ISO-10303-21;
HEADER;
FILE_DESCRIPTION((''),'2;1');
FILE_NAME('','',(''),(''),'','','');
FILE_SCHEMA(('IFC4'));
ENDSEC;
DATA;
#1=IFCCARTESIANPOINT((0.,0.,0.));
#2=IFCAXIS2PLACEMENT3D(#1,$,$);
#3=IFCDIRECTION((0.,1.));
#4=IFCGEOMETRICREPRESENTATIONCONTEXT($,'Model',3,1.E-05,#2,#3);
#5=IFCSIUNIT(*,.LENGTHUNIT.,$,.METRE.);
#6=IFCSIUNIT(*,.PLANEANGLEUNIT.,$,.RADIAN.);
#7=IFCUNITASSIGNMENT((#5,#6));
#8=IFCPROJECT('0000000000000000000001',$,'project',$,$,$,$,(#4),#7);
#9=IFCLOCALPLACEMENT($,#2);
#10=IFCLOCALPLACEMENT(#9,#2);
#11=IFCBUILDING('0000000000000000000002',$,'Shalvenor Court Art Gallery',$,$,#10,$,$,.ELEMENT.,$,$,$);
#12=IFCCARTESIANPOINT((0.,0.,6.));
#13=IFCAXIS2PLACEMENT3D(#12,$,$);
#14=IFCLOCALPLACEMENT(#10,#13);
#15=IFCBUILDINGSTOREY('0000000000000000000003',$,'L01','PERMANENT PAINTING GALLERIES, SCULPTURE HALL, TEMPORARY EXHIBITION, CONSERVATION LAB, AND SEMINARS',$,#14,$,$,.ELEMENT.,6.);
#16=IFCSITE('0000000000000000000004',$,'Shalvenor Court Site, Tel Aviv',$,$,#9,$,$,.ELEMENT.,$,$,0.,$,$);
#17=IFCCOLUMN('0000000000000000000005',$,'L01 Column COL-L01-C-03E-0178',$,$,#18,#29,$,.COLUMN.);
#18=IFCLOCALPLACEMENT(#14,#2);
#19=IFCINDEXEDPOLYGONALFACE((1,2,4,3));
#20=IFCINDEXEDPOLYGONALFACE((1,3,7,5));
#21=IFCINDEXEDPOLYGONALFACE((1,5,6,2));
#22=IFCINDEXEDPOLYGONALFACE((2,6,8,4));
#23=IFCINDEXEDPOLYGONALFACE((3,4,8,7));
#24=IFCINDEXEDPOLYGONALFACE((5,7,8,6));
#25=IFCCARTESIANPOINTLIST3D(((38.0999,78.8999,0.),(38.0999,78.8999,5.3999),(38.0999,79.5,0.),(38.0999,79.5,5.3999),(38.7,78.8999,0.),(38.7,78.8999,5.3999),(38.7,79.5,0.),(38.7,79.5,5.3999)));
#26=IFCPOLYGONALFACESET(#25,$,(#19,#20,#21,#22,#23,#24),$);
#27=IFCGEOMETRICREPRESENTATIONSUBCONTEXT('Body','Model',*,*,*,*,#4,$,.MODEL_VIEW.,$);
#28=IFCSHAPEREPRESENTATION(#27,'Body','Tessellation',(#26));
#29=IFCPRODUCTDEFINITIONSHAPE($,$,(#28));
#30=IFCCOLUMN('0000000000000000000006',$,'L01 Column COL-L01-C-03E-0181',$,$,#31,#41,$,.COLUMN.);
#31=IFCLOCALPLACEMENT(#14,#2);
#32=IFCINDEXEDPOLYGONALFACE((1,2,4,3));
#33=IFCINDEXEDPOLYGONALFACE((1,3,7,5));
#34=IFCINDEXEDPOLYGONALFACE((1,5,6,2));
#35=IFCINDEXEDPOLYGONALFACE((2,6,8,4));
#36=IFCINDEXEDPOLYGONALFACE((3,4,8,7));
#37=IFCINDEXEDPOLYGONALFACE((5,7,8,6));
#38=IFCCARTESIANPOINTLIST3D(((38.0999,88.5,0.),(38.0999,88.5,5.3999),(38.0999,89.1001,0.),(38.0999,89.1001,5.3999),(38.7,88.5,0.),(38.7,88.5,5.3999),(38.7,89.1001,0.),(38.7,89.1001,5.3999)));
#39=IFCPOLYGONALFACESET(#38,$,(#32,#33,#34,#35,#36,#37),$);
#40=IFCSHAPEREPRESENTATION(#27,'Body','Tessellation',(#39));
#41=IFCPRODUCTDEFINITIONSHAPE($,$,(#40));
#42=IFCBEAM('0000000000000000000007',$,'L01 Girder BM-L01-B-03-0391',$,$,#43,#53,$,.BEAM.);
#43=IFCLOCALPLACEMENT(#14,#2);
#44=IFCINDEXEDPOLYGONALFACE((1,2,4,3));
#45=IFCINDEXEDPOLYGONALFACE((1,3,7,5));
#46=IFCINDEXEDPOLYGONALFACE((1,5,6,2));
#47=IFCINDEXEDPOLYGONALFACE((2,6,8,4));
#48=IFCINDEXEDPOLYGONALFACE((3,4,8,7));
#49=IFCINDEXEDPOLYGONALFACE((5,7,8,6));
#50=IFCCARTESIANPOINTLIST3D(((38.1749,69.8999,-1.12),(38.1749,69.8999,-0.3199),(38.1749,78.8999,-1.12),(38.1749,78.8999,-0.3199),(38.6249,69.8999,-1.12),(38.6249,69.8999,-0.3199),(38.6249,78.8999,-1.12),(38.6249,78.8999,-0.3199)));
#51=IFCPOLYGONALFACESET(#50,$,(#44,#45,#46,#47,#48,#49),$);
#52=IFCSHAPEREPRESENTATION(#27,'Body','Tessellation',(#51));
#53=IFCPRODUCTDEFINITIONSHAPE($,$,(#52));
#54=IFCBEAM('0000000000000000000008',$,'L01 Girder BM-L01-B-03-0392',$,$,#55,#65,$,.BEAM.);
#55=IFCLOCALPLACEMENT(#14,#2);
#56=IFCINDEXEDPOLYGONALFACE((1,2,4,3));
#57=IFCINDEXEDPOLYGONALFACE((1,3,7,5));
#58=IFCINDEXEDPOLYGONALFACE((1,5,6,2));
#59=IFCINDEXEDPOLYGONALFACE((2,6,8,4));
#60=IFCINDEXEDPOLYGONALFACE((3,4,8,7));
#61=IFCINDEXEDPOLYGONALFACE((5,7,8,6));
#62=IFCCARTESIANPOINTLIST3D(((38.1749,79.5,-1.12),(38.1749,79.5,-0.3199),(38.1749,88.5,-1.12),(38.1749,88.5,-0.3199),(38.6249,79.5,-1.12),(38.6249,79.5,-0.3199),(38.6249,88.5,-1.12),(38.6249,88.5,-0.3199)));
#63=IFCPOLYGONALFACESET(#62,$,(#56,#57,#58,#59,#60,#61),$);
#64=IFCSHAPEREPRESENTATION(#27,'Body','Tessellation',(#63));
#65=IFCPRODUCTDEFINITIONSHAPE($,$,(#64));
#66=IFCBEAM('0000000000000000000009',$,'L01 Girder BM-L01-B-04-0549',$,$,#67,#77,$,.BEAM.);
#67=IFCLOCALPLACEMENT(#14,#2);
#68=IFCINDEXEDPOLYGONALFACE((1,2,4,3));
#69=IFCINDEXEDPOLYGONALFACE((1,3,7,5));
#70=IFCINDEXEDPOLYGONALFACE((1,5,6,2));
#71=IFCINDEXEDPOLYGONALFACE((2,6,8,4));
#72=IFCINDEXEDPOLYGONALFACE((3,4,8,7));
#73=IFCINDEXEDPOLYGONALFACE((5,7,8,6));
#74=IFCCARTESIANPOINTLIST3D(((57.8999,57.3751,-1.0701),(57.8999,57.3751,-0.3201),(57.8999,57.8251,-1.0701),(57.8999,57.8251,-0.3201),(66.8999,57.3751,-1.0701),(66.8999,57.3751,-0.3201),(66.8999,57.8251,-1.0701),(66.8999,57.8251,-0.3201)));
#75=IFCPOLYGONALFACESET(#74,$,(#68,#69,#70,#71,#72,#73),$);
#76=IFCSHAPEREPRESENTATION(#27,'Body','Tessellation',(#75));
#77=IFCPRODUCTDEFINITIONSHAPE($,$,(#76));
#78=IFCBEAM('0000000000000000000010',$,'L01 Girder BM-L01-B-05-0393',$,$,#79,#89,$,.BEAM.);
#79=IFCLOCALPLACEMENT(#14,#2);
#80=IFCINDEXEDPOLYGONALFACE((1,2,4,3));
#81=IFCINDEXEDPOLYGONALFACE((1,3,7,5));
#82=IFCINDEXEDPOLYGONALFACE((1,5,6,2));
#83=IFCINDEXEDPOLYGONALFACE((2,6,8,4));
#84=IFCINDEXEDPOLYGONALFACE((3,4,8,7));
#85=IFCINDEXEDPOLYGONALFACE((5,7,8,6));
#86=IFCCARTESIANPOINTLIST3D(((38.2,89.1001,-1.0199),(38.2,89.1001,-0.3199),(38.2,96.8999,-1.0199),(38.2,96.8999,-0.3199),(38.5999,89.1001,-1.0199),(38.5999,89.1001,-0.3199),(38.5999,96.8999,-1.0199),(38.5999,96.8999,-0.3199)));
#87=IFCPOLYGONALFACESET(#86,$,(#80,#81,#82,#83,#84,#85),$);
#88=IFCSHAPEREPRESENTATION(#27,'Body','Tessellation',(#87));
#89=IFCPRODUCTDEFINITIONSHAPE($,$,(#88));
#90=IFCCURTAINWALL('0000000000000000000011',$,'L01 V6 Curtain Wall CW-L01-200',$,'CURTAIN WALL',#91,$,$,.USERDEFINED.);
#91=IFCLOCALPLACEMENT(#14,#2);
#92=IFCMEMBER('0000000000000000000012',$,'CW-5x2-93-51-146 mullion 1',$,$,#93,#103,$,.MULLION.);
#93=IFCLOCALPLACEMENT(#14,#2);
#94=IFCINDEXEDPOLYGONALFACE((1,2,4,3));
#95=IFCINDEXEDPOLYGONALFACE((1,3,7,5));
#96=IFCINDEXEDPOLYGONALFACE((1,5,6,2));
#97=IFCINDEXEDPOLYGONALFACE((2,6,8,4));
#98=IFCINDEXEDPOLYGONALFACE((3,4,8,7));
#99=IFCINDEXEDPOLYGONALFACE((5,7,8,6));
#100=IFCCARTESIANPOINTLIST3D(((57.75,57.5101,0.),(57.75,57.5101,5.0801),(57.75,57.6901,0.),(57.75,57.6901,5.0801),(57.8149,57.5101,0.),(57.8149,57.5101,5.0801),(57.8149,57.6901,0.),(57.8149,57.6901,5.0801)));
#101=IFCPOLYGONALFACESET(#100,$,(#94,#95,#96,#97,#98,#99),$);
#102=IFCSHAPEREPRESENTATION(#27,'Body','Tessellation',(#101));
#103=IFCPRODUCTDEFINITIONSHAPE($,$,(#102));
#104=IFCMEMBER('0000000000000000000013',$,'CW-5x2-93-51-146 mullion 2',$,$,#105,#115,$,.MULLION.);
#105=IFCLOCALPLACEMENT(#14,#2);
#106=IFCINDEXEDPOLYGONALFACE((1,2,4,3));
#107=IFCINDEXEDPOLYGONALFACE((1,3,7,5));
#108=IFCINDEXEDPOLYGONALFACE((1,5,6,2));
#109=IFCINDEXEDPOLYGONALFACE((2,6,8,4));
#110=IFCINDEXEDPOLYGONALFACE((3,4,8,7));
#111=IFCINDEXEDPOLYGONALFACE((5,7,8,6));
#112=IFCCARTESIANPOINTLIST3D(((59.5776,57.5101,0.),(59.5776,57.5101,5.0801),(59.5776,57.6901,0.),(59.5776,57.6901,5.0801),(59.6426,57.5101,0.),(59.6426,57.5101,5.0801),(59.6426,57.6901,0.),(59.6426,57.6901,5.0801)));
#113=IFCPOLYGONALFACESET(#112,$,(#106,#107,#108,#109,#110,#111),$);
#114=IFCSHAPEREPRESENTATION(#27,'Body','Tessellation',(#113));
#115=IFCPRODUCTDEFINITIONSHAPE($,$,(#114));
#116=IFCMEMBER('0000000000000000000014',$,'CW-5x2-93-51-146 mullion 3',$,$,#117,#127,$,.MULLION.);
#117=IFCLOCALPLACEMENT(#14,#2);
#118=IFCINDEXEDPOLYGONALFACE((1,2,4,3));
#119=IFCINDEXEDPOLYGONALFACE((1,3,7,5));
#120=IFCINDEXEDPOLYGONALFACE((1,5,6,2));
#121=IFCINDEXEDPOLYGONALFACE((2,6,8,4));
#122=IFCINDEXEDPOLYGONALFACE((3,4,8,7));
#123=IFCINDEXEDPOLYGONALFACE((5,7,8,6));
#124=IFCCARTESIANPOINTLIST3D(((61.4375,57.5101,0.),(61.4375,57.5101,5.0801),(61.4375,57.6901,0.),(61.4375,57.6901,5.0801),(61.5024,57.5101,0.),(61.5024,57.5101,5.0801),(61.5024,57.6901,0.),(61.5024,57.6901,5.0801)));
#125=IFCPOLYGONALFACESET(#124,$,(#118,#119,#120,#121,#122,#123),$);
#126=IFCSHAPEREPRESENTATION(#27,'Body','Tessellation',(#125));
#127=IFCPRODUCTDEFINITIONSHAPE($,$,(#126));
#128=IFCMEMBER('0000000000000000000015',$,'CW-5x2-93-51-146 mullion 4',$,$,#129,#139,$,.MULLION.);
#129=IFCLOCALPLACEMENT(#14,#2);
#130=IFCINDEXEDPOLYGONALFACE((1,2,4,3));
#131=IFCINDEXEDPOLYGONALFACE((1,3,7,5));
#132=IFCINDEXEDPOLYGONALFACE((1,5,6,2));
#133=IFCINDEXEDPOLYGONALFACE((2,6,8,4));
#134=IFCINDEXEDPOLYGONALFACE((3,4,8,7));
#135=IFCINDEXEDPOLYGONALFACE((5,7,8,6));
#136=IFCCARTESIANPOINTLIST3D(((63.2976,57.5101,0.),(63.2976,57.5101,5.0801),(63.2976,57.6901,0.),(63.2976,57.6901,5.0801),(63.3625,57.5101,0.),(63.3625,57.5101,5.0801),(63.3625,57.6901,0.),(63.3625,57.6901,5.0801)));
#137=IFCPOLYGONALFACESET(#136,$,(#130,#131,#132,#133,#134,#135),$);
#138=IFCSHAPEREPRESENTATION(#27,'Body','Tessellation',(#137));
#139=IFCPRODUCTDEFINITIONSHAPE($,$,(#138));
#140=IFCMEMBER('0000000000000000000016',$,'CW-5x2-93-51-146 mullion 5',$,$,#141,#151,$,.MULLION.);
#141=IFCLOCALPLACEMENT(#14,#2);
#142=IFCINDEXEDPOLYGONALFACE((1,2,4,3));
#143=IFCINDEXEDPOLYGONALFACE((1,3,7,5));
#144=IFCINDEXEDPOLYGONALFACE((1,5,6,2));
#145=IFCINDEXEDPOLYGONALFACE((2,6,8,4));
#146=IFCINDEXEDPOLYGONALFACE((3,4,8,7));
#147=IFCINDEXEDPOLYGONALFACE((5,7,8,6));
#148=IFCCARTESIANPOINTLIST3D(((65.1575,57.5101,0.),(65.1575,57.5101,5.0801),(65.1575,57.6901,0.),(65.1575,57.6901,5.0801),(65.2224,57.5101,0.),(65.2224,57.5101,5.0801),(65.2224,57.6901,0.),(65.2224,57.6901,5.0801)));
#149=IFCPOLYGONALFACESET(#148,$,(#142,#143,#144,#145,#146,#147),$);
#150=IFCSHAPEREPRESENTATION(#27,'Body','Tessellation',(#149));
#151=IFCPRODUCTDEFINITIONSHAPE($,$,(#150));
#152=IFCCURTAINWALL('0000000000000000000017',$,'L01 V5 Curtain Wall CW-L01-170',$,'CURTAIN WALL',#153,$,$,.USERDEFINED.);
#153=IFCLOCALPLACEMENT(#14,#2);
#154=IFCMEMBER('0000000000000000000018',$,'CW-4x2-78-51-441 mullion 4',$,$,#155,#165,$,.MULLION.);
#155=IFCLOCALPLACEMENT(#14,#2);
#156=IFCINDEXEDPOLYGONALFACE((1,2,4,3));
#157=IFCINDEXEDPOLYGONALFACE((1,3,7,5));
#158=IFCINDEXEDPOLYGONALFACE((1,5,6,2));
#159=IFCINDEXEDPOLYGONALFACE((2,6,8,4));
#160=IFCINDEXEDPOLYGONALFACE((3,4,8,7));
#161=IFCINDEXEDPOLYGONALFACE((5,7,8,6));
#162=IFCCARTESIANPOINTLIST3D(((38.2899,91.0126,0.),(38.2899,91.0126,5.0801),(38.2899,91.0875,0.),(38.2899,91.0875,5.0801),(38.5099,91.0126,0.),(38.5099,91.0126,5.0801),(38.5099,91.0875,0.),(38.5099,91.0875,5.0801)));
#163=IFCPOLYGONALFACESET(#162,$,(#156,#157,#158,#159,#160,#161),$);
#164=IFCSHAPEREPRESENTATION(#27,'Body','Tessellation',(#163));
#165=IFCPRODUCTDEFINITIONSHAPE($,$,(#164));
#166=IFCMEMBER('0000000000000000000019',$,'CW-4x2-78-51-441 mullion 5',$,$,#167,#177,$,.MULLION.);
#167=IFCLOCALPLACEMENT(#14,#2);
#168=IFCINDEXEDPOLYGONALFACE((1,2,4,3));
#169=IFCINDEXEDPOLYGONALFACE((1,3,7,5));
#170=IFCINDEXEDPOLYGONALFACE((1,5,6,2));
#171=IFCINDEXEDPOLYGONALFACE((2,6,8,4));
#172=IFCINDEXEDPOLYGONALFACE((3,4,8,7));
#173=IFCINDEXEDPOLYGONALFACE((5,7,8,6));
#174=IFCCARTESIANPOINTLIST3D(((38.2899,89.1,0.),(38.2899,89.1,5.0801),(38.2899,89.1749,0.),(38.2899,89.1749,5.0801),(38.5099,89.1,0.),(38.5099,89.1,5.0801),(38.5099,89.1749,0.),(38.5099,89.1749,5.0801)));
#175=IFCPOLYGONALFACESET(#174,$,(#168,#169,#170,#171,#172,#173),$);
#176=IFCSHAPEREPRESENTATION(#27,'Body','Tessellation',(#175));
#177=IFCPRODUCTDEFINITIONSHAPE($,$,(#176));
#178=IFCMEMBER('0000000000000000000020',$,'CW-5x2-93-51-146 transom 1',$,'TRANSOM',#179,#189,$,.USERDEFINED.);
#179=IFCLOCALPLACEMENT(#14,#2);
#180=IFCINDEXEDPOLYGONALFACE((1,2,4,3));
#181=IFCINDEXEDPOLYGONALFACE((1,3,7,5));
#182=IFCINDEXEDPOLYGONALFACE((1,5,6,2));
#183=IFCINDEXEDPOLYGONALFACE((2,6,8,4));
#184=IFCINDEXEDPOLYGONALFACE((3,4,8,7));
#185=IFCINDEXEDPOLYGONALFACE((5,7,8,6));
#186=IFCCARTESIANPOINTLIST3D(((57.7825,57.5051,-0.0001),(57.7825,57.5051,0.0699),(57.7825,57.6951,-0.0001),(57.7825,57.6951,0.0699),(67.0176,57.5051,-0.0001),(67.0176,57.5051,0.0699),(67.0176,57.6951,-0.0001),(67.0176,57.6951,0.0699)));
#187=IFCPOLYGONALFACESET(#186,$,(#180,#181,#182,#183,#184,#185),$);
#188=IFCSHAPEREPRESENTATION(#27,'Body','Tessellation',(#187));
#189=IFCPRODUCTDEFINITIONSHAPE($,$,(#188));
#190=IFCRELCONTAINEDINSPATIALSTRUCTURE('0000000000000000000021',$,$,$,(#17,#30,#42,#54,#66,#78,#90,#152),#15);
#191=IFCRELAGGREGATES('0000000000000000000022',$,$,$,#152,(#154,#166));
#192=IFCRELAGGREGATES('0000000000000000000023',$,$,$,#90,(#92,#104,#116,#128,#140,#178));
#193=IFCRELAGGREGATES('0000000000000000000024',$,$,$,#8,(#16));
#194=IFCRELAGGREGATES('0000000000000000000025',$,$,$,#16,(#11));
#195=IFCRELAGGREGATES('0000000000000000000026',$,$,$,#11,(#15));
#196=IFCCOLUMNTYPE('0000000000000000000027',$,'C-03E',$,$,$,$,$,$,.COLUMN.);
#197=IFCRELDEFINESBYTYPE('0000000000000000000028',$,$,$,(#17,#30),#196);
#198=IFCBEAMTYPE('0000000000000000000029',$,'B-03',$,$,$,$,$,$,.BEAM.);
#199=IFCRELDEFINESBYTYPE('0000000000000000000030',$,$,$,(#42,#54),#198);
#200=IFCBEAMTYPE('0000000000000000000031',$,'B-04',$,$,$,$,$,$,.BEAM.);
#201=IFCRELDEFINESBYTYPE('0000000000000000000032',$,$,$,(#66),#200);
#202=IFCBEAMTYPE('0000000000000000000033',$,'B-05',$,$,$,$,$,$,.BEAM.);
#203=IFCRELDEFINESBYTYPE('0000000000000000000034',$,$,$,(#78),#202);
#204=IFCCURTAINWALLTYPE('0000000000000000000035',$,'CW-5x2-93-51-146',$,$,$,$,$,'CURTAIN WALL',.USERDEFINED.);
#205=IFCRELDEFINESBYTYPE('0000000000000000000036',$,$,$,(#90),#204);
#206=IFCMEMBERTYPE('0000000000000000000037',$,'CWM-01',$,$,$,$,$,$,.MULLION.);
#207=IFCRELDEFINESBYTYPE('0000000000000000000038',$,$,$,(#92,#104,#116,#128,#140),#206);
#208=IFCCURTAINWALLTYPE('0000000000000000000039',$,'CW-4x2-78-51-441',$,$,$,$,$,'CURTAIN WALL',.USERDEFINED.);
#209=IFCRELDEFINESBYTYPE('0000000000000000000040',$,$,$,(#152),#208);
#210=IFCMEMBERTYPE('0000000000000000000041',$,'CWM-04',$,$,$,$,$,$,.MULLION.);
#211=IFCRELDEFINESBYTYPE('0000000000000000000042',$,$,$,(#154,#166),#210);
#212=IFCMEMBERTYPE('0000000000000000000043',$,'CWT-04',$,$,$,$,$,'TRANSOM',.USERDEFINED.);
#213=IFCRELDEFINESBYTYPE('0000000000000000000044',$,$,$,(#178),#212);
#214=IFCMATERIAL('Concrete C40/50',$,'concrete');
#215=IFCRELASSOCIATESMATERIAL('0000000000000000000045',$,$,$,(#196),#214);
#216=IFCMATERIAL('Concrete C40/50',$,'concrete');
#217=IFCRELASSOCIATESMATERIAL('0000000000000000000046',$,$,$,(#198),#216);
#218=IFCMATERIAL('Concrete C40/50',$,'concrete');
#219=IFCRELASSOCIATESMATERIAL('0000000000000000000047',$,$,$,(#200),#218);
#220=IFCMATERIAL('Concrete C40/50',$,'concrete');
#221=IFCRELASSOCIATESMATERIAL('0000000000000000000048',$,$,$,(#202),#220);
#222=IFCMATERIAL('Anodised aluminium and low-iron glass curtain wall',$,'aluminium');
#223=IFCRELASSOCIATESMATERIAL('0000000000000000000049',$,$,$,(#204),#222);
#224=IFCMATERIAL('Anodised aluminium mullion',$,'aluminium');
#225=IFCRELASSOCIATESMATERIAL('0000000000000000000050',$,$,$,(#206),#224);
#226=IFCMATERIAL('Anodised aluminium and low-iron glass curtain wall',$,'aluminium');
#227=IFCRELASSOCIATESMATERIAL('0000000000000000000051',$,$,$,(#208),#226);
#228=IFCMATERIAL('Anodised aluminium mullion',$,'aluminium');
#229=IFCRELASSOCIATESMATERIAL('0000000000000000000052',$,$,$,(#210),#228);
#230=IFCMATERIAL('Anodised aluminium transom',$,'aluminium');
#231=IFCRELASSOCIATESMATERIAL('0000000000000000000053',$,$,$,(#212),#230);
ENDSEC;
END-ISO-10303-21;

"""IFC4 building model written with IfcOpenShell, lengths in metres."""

from ifc_helpers import new_model, si_unit, direction, frame, origin, origin_2d, place, context, subcontext, project, spatial, rectangle, extrude, material, material_profile, profile_set, type_object, element, aggregate, save


model = new_model("IFC4")

# Units and contexts
model_context = context("Model", 3, precision=1e-05, world=origin(), true_north=direction((0.0, 1.0)))
body_context = subcontext(model_context, "Body", "Model", "MODEL_VIEW")
ifc_project = project(units=[si_unit("LENGTHUNIT", "METRE"), si_unit("PLANEANGLEUNIT", "RADIAN")], contexts=[model_context])

# Site, building, storey
site_placement = place(None, origin())
site = spatial("IfcSite", under=ifc_project, at=site_placement, Name="Shalvenor Court Site, Tel Aviv", CompositionType="ELEMENT", RefElevation=0.0)
building_placement = place(site_placement, origin())
building = spatial("IfcBuilding", under=site, at=building_placement, Name="Shalvenor Court Art Gallery", CompositionType="ELEMENT")
storey_placement = place(building_placement, frame((0.0, 0.0, 6.0)))
storey = spatial("IfcBuildingStorey", under=building, at=storey_placement, Name="L01", Description="PERMANENT PAINTING GALLERIES, SCULPTURE HALL, TEMPORARY EXHIBITION, CONSERVATION LAB, AND SEMINARS", CompositionType="ELEMENT", Elevation=6.0)

# Columns
ifc_material_1 = material(Name="Concrete C40/50", Category="concrete")
ifc_material_profile_1 = material_profile(ifc_material_1, rectangle(XDim=0.6001, YDim=0.6001, at=origin_2d()), Name="RC 600x600")
ifc_profile_set_1 = profile_set([ifc_material_profile_1], Name="Concrete C40/50")
column_type = type_object("IfcColumnType", Name="C-03E", PredefinedType="COLUMN", material=ifc_profile_set_1)
for number, where, z_axis, x_axis, name in (
    (1, (38.3999, 79.2, 0.0), (0.0, 0.0, 1.0), (1.0, 0.0, 0.0), "L01 Column COL-L01-C-03E-0178"),
    (2, (38.3999, 88.8, 0.0), (0.0, 0.0, 1.0), (1.0, 0.0, 0.0), "L01 Column COL-L01-C-03E-0181"),
):
    element("IfcColumn", number, at=place(storey_placement, frame(where, z_axis=z_axis, x_axis=x_axis)), inside=storey, type_object=column_type, Name=name, PredefinedType="COLUMN", context=body_context, shape_type="SweptSolid", body=[
        extrude(rectangle(XDim=0.6001, YDim=0.6001, at=origin_2d()), origin(), (0.0, 0.0, 1.0), 5.3999),
    ])

# Beams
ifc_material_2 = material(Name="Concrete C40/50", Category="concrete")
ifc_material_profile_2 = material_profile(ifc_material_2, rectangle(XDim=0.45, YDim=0.8, at=origin_2d()), Name="RC 450x800")
ifc_profile_set_2 = profile_set([ifc_material_profile_2], Name="Concrete C40/50")
beam_type_1 = type_object("IfcBeamType", Name="B-03", PredefinedType="BEAM", material=ifc_profile_set_2)
for number, where, z_axis, x_axis, name in (
    (3, (38.3999, 69.8999, -0.72), (0.0, 1.0, 0.0), (-1.0, 0.0, 0.0), "L01 Girder BM-L01-B-03-0391"),
    (4, (38.3999, 79.5, -0.72), (0.0, 1.0, 0.0), (-1.0, 0.0, 0.0), "L01 Girder BM-L01-B-03-0392"),
):
    element("IfcBeam", number, at=place(storey_placement, frame(where, z_axis=z_axis, x_axis=x_axis)), inside=storey, type_object=beam_type_1, Name=name, PredefinedType="BEAM", context=body_context, shape_type="SweptSolid", body=[
        extrude(rectangle(XDim=0.45, YDim=0.8, at=origin_2d()), origin(), (0.0, 0.0, 1.0), 9.0),
    ])
ifc_material_3 = material(Name="Concrete C40/50", Category="concrete")
ifc_material_profile_3 = material_profile(ifc_material_3, rectangle(XDim=0.45, YDim=0.75, at=origin_2d()), Name="RC 450x750")
ifc_profile_set_3 = profile_set([ifc_material_profile_3], Name="Concrete C40/50")
beam_type_2 = type_object("IfcBeamType", Name="B-04", PredefinedType="BEAM", material=ifc_profile_set_3)
beam_1_placement = place(storey_placement, frame((57.8999, 57.6001, -0.6951), z_axis=(1.0, 0.0, 0.0), x_axis=(0.0, 1.0, 0.0)))
element("IfcBeam", 5, at=beam_1_placement, inside=storey, type_object=beam_type_2, Name="L01 Girder BM-L01-B-04-0549", PredefinedType="BEAM", context=body_context, shape_type="SweptSolid", body=[
    extrude(rectangle(XDim=0.45, YDim=0.75, at=origin_2d()), origin(), (0.0, 0.0, 1.0), 9.0),
])
ifc_material_4 = material(Name="Concrete C40/50", Category="concrete")
ifc_material_profile_4 = material_profile(ifc_material_4, rectangle(XDim=0.3999, YDim=0.7, at=origin_2d()), Name="RC 400x700")
ifc_profile_set_4 = profile_set([ifc_material_profile_4], Name="Concrete C40/50")
beam_type_3 = type_object("IfcBeamType", Name="B-05", PredefinedType="BEAM", material=ifc_profile_set_4)
beam_2_placement = place(storey_placement, frame((38.3999, 89.1001, -0.6699), z_axis=(0.0, 1.0, 0.0), x_axis=(-1.0, 0.0, 0.0)))
element("IfcBeam", 6, at=beam_2_placement, inside=storey, type_object=beam_type_3, Name="L01 Girder BM-L01-B-05-0393", PredefinedType="BEAM", context=body_context, shape_type="SweptSolid", body=[
    extrude(rectangle(XDim=0.3999, YDim=0.7, at=origin_2d()), origin(), (0.0, 0.0, 1.0), 7.7998),
])

# Curtain walls, members
ifc_material_5 = material(Name="Anodised aluminium and low-iron glass curtain wall", Category="aluminium")
curtain_wall_type_1 = type_object("IfcCurtainWallType", Name="CW-5x2-93-51-146", ElementType="CURTAIN WALL", PredefinedType="USERDEFINED", material=ifc_material_5)
curtain_wall_1_placement = place(storey_placement, origin())
curtain_wall_1 = element("IfcCurtainWall", 7, at=curtain_wall_1_placement, inside=storey, type_object=curtain_wall_type_1, Name="L01 V6 Curtain Wall CW-L01-200", ObjectType="CURTAIN WALL", PredefinedType="USERDEFINED")
ifc_material_6 = material(Name="Anodised aluminium mullion", Category="aluminium")
ifc_material_profile_5 = material_profile(ifc_material_6, rectangle(XDim=0.0649, YDim=0.1799, at=origin_2d()), Name="CWM-01")
ifc_profile_set_5 = profile_set([ifc_material_profile_5], Name="Anodised aluminium mullion")
member_type_1 = type_object("IfcMemberType", Name="CWM-01", PredefinedType="MULLION", material=ifc_profile_set_5)
member_1_placement = place(storey_placement, frame((57.7825, 57.6001, 0.0), z_axis=(0.0, 0.0, 1.0), x_axis=(1.0, 0.0, 0.0)))
member_1 = element("IfcMember", 8, at=member_1_placement, type_object=member_type_1, Name="CW-5x2-93-51-146 mullion 1", PredefinedType="MULLION", context=body_context, shape_type="SweptSolid", body=[
    extrude(rectangle(XDim=0.0649, YDim=0.1799, at=origin_2d()), origin(), (0.0, 0.0, 1.0), 5.0801),
])
member_2_placement = place(storey_placement, frame((59.6101, 57.6001, 0.0), z_axis=(0.0, 0.0, 1.0), x_axis=(1.0, 0.0, 0.0)))
member_2 = element("IfcMember", 9, at=member_2_placement, type_object=member_type_1, Name="CW-5x2-93-51-146 mullion 2", PredefinedType="MULLION", context=body_context, shape_type="SweptSolid", body=[
    extrude(rectangle(XDim=0.0649, YDim=0.1799, at=origin_2d()), origin(), (0.0, 0.0, 1.0), 5.0801),
])
member_3_placement = place(storey_placement, frame((61.47, 57.6001, 0.0), z_axis=(0.0, 0.0, 1.0), x_axis=(1.0, 0.0, 0.0)))
member_3 = element("IfcMember", 10, at=member_3_placement, type_object=member_type_1, Name="CW-5x2-93-51-146 mullion 3", PredefinedType="MULLION", context=body_context, shape_type="SweptSolid", body=[
    extrude(rectangle(XDim=0.0649, YDim=0.1799, at=origin_2d()), origin(), (0.0, 0.0, 1.0), 5.0801),
])
member_4_placement = place(storey_placement, frame((63.3301, 57.6001, 0.0), z_axis=(0.0, 0.0, 1.0), x_axis=(1.0, 0.0, 0.0)))
member_4 = element("IfcMember", 11, at=member_4_placement, type_object=member_type_1, Name="CW-5x2-93-51-146 mullion 4", PredefinedType="MULLION", context=body_context, shape_type="SweptSolid", body=[
    extrude(rectangle(XDim=0.0649, YDim=0.1799, at=origin_2d()), origin(), (0.0, 0.0, 1.0), 5.0801),
])
member_5_placement = place(storey_placement, frame((65.1899, 57.6001, 0.0), z_axis=(0.0, 0.0, 1.0), x_axis=(1.0, 0.0, 0.0)))
member_5 = element("IfcMember", 12, at=member_5_placement, type_object=member_type_1, Name="CW-5x2-93-51-146 mullion 5", PredefinedType="MULLION", context=body_context, shape_type="SweptSolid", body=[
    extrude(rectangle(XDim=0.0649, YDim=0.1799, at=origin_2d()), origin(), (0.0, 0.0, 1.0), 5.0801),
])
ifc_material_7 = material(Name="Anodised aluminium and low-iron glass curtain wall", Category="aluminium")
curtain_wall_type_2 = type_object("IfcCurtainWallType", Name="CW-4x2-78-51-441", ElementType="CURTAIN WALL", PredefinedType="USERDEFINED", material=ifc_material_7)
curtain_wall_2_placement = place(storey_placement, origin())
curtain_wall_2 = element("IfcCurtainWall", 13, at=curtain_wall_2_placement, inside=storey, type_object=curtain_wall_type_2, Name="L01 V5 Curtain Wall CW-L01-170", ObjectType="CURTAIN WALL", PredefinedType="USERDEFINED")
ifc_material_8 = material(Name="Anodised aluminium mullion", Category="aluminium")
ifc_material_profile_6 = material_profile(ifc_material_8, rectangle(XDim=0.075, YDim=0.22, at=origin_2d()), Name="CWM-04")
ifc_profile_set_6 = profile_set([ifc_material_profile_6], Name="Anodised aluminium mullion")
member_type_2 = type_object("IfcMemberType", Name="CWM-04", PredefinedType="MULLION", material=ifc_profile_set_6)
member_6_placement = place(storey_placement, frame((38.3999, 91.05, 0.0), z_axis=(0.0, 0.0, 1.0), x_axis=(0.0, -1.0, 0.0)))
member_6 = element("IfcMember", 14, at=member_6_placement, type_object=member_type_2, Name="CW-4x2-78-51-441 mullion 4", PredefinedType="MULLION", context=body_context, shape_type="SweptSolid", body=[
    extrude(rectangle(XDim=0.075, YDim=0.22, at=origin_2d()), origin(), (0.0, 0.0, 1.0), 5.0801),
])
member_7_placement = place(storey_placement, frame((38.3999, 89.1375, 0.0), z_axis=(0.0, 0.0, 1.0), x_axis=(0.0, -1.0, 0.0)))
member_7 = element("IfcMember", 15, at=member_7_placement, type_object=member_type_2, Name="CW-4x2-78-51-441 mullion 5", PredefinedType="MULLION", context=body_context, shape_type="SweptSolid", body=[
    extrude(rectangle(XDim=0.075, YDim=0.22, at=origin_2d()), origin(), (0.0, 0.0, 1.0), 5.0801),
])

# Member
ifc_material_9 = material(Name="Anodised aluminium transom", Category="aluminium")
ifc_material_profile_7 = material_profile(ifc_material_9, rectangle(XDim=0.1899, YDim=0.0701, at=origin_2d()), Name="CWT-04")
ifc_profile_set_7 = profile_set([ifc_material_profile_7], Name="Anodised aluminium transom")
member_type_3 = type_object("IfcMemberType", Name="CWT-04", ElementType="TRANSOM", PredefinedType="USERDEFINED", material=ifc_profile_set_7)
member_8_placement = place(storey_placement, frame((57.7825, 57.6001, 0.0349), z_axis=(1.0, 0.0, 0.0), x_axis=(0.0, 1.0, 0.0)))
member_8 = element("IfcMember", 16, at=member_8_placement, type_object=member_type_3, Name="CW-5x2-93-51-146 transom 1", ObjectType="TRANSOM", PredefinedType="USERDEFINED", context=body_context, shape_type="SweptSolid", body=[
    extrude(rectangle(XDim=0.1899, YDim=0.0701, at=origin_2d()), origin(), (0.0, 0.0, 1.0), 9.2351),
])

aggregate(curtain_wall_2, [member_6, member_7])
aggregate(curtain_wall_1, [member_1, member_2, member_3, member_4, member_5, member_8])

save(model, "model.ifc")
